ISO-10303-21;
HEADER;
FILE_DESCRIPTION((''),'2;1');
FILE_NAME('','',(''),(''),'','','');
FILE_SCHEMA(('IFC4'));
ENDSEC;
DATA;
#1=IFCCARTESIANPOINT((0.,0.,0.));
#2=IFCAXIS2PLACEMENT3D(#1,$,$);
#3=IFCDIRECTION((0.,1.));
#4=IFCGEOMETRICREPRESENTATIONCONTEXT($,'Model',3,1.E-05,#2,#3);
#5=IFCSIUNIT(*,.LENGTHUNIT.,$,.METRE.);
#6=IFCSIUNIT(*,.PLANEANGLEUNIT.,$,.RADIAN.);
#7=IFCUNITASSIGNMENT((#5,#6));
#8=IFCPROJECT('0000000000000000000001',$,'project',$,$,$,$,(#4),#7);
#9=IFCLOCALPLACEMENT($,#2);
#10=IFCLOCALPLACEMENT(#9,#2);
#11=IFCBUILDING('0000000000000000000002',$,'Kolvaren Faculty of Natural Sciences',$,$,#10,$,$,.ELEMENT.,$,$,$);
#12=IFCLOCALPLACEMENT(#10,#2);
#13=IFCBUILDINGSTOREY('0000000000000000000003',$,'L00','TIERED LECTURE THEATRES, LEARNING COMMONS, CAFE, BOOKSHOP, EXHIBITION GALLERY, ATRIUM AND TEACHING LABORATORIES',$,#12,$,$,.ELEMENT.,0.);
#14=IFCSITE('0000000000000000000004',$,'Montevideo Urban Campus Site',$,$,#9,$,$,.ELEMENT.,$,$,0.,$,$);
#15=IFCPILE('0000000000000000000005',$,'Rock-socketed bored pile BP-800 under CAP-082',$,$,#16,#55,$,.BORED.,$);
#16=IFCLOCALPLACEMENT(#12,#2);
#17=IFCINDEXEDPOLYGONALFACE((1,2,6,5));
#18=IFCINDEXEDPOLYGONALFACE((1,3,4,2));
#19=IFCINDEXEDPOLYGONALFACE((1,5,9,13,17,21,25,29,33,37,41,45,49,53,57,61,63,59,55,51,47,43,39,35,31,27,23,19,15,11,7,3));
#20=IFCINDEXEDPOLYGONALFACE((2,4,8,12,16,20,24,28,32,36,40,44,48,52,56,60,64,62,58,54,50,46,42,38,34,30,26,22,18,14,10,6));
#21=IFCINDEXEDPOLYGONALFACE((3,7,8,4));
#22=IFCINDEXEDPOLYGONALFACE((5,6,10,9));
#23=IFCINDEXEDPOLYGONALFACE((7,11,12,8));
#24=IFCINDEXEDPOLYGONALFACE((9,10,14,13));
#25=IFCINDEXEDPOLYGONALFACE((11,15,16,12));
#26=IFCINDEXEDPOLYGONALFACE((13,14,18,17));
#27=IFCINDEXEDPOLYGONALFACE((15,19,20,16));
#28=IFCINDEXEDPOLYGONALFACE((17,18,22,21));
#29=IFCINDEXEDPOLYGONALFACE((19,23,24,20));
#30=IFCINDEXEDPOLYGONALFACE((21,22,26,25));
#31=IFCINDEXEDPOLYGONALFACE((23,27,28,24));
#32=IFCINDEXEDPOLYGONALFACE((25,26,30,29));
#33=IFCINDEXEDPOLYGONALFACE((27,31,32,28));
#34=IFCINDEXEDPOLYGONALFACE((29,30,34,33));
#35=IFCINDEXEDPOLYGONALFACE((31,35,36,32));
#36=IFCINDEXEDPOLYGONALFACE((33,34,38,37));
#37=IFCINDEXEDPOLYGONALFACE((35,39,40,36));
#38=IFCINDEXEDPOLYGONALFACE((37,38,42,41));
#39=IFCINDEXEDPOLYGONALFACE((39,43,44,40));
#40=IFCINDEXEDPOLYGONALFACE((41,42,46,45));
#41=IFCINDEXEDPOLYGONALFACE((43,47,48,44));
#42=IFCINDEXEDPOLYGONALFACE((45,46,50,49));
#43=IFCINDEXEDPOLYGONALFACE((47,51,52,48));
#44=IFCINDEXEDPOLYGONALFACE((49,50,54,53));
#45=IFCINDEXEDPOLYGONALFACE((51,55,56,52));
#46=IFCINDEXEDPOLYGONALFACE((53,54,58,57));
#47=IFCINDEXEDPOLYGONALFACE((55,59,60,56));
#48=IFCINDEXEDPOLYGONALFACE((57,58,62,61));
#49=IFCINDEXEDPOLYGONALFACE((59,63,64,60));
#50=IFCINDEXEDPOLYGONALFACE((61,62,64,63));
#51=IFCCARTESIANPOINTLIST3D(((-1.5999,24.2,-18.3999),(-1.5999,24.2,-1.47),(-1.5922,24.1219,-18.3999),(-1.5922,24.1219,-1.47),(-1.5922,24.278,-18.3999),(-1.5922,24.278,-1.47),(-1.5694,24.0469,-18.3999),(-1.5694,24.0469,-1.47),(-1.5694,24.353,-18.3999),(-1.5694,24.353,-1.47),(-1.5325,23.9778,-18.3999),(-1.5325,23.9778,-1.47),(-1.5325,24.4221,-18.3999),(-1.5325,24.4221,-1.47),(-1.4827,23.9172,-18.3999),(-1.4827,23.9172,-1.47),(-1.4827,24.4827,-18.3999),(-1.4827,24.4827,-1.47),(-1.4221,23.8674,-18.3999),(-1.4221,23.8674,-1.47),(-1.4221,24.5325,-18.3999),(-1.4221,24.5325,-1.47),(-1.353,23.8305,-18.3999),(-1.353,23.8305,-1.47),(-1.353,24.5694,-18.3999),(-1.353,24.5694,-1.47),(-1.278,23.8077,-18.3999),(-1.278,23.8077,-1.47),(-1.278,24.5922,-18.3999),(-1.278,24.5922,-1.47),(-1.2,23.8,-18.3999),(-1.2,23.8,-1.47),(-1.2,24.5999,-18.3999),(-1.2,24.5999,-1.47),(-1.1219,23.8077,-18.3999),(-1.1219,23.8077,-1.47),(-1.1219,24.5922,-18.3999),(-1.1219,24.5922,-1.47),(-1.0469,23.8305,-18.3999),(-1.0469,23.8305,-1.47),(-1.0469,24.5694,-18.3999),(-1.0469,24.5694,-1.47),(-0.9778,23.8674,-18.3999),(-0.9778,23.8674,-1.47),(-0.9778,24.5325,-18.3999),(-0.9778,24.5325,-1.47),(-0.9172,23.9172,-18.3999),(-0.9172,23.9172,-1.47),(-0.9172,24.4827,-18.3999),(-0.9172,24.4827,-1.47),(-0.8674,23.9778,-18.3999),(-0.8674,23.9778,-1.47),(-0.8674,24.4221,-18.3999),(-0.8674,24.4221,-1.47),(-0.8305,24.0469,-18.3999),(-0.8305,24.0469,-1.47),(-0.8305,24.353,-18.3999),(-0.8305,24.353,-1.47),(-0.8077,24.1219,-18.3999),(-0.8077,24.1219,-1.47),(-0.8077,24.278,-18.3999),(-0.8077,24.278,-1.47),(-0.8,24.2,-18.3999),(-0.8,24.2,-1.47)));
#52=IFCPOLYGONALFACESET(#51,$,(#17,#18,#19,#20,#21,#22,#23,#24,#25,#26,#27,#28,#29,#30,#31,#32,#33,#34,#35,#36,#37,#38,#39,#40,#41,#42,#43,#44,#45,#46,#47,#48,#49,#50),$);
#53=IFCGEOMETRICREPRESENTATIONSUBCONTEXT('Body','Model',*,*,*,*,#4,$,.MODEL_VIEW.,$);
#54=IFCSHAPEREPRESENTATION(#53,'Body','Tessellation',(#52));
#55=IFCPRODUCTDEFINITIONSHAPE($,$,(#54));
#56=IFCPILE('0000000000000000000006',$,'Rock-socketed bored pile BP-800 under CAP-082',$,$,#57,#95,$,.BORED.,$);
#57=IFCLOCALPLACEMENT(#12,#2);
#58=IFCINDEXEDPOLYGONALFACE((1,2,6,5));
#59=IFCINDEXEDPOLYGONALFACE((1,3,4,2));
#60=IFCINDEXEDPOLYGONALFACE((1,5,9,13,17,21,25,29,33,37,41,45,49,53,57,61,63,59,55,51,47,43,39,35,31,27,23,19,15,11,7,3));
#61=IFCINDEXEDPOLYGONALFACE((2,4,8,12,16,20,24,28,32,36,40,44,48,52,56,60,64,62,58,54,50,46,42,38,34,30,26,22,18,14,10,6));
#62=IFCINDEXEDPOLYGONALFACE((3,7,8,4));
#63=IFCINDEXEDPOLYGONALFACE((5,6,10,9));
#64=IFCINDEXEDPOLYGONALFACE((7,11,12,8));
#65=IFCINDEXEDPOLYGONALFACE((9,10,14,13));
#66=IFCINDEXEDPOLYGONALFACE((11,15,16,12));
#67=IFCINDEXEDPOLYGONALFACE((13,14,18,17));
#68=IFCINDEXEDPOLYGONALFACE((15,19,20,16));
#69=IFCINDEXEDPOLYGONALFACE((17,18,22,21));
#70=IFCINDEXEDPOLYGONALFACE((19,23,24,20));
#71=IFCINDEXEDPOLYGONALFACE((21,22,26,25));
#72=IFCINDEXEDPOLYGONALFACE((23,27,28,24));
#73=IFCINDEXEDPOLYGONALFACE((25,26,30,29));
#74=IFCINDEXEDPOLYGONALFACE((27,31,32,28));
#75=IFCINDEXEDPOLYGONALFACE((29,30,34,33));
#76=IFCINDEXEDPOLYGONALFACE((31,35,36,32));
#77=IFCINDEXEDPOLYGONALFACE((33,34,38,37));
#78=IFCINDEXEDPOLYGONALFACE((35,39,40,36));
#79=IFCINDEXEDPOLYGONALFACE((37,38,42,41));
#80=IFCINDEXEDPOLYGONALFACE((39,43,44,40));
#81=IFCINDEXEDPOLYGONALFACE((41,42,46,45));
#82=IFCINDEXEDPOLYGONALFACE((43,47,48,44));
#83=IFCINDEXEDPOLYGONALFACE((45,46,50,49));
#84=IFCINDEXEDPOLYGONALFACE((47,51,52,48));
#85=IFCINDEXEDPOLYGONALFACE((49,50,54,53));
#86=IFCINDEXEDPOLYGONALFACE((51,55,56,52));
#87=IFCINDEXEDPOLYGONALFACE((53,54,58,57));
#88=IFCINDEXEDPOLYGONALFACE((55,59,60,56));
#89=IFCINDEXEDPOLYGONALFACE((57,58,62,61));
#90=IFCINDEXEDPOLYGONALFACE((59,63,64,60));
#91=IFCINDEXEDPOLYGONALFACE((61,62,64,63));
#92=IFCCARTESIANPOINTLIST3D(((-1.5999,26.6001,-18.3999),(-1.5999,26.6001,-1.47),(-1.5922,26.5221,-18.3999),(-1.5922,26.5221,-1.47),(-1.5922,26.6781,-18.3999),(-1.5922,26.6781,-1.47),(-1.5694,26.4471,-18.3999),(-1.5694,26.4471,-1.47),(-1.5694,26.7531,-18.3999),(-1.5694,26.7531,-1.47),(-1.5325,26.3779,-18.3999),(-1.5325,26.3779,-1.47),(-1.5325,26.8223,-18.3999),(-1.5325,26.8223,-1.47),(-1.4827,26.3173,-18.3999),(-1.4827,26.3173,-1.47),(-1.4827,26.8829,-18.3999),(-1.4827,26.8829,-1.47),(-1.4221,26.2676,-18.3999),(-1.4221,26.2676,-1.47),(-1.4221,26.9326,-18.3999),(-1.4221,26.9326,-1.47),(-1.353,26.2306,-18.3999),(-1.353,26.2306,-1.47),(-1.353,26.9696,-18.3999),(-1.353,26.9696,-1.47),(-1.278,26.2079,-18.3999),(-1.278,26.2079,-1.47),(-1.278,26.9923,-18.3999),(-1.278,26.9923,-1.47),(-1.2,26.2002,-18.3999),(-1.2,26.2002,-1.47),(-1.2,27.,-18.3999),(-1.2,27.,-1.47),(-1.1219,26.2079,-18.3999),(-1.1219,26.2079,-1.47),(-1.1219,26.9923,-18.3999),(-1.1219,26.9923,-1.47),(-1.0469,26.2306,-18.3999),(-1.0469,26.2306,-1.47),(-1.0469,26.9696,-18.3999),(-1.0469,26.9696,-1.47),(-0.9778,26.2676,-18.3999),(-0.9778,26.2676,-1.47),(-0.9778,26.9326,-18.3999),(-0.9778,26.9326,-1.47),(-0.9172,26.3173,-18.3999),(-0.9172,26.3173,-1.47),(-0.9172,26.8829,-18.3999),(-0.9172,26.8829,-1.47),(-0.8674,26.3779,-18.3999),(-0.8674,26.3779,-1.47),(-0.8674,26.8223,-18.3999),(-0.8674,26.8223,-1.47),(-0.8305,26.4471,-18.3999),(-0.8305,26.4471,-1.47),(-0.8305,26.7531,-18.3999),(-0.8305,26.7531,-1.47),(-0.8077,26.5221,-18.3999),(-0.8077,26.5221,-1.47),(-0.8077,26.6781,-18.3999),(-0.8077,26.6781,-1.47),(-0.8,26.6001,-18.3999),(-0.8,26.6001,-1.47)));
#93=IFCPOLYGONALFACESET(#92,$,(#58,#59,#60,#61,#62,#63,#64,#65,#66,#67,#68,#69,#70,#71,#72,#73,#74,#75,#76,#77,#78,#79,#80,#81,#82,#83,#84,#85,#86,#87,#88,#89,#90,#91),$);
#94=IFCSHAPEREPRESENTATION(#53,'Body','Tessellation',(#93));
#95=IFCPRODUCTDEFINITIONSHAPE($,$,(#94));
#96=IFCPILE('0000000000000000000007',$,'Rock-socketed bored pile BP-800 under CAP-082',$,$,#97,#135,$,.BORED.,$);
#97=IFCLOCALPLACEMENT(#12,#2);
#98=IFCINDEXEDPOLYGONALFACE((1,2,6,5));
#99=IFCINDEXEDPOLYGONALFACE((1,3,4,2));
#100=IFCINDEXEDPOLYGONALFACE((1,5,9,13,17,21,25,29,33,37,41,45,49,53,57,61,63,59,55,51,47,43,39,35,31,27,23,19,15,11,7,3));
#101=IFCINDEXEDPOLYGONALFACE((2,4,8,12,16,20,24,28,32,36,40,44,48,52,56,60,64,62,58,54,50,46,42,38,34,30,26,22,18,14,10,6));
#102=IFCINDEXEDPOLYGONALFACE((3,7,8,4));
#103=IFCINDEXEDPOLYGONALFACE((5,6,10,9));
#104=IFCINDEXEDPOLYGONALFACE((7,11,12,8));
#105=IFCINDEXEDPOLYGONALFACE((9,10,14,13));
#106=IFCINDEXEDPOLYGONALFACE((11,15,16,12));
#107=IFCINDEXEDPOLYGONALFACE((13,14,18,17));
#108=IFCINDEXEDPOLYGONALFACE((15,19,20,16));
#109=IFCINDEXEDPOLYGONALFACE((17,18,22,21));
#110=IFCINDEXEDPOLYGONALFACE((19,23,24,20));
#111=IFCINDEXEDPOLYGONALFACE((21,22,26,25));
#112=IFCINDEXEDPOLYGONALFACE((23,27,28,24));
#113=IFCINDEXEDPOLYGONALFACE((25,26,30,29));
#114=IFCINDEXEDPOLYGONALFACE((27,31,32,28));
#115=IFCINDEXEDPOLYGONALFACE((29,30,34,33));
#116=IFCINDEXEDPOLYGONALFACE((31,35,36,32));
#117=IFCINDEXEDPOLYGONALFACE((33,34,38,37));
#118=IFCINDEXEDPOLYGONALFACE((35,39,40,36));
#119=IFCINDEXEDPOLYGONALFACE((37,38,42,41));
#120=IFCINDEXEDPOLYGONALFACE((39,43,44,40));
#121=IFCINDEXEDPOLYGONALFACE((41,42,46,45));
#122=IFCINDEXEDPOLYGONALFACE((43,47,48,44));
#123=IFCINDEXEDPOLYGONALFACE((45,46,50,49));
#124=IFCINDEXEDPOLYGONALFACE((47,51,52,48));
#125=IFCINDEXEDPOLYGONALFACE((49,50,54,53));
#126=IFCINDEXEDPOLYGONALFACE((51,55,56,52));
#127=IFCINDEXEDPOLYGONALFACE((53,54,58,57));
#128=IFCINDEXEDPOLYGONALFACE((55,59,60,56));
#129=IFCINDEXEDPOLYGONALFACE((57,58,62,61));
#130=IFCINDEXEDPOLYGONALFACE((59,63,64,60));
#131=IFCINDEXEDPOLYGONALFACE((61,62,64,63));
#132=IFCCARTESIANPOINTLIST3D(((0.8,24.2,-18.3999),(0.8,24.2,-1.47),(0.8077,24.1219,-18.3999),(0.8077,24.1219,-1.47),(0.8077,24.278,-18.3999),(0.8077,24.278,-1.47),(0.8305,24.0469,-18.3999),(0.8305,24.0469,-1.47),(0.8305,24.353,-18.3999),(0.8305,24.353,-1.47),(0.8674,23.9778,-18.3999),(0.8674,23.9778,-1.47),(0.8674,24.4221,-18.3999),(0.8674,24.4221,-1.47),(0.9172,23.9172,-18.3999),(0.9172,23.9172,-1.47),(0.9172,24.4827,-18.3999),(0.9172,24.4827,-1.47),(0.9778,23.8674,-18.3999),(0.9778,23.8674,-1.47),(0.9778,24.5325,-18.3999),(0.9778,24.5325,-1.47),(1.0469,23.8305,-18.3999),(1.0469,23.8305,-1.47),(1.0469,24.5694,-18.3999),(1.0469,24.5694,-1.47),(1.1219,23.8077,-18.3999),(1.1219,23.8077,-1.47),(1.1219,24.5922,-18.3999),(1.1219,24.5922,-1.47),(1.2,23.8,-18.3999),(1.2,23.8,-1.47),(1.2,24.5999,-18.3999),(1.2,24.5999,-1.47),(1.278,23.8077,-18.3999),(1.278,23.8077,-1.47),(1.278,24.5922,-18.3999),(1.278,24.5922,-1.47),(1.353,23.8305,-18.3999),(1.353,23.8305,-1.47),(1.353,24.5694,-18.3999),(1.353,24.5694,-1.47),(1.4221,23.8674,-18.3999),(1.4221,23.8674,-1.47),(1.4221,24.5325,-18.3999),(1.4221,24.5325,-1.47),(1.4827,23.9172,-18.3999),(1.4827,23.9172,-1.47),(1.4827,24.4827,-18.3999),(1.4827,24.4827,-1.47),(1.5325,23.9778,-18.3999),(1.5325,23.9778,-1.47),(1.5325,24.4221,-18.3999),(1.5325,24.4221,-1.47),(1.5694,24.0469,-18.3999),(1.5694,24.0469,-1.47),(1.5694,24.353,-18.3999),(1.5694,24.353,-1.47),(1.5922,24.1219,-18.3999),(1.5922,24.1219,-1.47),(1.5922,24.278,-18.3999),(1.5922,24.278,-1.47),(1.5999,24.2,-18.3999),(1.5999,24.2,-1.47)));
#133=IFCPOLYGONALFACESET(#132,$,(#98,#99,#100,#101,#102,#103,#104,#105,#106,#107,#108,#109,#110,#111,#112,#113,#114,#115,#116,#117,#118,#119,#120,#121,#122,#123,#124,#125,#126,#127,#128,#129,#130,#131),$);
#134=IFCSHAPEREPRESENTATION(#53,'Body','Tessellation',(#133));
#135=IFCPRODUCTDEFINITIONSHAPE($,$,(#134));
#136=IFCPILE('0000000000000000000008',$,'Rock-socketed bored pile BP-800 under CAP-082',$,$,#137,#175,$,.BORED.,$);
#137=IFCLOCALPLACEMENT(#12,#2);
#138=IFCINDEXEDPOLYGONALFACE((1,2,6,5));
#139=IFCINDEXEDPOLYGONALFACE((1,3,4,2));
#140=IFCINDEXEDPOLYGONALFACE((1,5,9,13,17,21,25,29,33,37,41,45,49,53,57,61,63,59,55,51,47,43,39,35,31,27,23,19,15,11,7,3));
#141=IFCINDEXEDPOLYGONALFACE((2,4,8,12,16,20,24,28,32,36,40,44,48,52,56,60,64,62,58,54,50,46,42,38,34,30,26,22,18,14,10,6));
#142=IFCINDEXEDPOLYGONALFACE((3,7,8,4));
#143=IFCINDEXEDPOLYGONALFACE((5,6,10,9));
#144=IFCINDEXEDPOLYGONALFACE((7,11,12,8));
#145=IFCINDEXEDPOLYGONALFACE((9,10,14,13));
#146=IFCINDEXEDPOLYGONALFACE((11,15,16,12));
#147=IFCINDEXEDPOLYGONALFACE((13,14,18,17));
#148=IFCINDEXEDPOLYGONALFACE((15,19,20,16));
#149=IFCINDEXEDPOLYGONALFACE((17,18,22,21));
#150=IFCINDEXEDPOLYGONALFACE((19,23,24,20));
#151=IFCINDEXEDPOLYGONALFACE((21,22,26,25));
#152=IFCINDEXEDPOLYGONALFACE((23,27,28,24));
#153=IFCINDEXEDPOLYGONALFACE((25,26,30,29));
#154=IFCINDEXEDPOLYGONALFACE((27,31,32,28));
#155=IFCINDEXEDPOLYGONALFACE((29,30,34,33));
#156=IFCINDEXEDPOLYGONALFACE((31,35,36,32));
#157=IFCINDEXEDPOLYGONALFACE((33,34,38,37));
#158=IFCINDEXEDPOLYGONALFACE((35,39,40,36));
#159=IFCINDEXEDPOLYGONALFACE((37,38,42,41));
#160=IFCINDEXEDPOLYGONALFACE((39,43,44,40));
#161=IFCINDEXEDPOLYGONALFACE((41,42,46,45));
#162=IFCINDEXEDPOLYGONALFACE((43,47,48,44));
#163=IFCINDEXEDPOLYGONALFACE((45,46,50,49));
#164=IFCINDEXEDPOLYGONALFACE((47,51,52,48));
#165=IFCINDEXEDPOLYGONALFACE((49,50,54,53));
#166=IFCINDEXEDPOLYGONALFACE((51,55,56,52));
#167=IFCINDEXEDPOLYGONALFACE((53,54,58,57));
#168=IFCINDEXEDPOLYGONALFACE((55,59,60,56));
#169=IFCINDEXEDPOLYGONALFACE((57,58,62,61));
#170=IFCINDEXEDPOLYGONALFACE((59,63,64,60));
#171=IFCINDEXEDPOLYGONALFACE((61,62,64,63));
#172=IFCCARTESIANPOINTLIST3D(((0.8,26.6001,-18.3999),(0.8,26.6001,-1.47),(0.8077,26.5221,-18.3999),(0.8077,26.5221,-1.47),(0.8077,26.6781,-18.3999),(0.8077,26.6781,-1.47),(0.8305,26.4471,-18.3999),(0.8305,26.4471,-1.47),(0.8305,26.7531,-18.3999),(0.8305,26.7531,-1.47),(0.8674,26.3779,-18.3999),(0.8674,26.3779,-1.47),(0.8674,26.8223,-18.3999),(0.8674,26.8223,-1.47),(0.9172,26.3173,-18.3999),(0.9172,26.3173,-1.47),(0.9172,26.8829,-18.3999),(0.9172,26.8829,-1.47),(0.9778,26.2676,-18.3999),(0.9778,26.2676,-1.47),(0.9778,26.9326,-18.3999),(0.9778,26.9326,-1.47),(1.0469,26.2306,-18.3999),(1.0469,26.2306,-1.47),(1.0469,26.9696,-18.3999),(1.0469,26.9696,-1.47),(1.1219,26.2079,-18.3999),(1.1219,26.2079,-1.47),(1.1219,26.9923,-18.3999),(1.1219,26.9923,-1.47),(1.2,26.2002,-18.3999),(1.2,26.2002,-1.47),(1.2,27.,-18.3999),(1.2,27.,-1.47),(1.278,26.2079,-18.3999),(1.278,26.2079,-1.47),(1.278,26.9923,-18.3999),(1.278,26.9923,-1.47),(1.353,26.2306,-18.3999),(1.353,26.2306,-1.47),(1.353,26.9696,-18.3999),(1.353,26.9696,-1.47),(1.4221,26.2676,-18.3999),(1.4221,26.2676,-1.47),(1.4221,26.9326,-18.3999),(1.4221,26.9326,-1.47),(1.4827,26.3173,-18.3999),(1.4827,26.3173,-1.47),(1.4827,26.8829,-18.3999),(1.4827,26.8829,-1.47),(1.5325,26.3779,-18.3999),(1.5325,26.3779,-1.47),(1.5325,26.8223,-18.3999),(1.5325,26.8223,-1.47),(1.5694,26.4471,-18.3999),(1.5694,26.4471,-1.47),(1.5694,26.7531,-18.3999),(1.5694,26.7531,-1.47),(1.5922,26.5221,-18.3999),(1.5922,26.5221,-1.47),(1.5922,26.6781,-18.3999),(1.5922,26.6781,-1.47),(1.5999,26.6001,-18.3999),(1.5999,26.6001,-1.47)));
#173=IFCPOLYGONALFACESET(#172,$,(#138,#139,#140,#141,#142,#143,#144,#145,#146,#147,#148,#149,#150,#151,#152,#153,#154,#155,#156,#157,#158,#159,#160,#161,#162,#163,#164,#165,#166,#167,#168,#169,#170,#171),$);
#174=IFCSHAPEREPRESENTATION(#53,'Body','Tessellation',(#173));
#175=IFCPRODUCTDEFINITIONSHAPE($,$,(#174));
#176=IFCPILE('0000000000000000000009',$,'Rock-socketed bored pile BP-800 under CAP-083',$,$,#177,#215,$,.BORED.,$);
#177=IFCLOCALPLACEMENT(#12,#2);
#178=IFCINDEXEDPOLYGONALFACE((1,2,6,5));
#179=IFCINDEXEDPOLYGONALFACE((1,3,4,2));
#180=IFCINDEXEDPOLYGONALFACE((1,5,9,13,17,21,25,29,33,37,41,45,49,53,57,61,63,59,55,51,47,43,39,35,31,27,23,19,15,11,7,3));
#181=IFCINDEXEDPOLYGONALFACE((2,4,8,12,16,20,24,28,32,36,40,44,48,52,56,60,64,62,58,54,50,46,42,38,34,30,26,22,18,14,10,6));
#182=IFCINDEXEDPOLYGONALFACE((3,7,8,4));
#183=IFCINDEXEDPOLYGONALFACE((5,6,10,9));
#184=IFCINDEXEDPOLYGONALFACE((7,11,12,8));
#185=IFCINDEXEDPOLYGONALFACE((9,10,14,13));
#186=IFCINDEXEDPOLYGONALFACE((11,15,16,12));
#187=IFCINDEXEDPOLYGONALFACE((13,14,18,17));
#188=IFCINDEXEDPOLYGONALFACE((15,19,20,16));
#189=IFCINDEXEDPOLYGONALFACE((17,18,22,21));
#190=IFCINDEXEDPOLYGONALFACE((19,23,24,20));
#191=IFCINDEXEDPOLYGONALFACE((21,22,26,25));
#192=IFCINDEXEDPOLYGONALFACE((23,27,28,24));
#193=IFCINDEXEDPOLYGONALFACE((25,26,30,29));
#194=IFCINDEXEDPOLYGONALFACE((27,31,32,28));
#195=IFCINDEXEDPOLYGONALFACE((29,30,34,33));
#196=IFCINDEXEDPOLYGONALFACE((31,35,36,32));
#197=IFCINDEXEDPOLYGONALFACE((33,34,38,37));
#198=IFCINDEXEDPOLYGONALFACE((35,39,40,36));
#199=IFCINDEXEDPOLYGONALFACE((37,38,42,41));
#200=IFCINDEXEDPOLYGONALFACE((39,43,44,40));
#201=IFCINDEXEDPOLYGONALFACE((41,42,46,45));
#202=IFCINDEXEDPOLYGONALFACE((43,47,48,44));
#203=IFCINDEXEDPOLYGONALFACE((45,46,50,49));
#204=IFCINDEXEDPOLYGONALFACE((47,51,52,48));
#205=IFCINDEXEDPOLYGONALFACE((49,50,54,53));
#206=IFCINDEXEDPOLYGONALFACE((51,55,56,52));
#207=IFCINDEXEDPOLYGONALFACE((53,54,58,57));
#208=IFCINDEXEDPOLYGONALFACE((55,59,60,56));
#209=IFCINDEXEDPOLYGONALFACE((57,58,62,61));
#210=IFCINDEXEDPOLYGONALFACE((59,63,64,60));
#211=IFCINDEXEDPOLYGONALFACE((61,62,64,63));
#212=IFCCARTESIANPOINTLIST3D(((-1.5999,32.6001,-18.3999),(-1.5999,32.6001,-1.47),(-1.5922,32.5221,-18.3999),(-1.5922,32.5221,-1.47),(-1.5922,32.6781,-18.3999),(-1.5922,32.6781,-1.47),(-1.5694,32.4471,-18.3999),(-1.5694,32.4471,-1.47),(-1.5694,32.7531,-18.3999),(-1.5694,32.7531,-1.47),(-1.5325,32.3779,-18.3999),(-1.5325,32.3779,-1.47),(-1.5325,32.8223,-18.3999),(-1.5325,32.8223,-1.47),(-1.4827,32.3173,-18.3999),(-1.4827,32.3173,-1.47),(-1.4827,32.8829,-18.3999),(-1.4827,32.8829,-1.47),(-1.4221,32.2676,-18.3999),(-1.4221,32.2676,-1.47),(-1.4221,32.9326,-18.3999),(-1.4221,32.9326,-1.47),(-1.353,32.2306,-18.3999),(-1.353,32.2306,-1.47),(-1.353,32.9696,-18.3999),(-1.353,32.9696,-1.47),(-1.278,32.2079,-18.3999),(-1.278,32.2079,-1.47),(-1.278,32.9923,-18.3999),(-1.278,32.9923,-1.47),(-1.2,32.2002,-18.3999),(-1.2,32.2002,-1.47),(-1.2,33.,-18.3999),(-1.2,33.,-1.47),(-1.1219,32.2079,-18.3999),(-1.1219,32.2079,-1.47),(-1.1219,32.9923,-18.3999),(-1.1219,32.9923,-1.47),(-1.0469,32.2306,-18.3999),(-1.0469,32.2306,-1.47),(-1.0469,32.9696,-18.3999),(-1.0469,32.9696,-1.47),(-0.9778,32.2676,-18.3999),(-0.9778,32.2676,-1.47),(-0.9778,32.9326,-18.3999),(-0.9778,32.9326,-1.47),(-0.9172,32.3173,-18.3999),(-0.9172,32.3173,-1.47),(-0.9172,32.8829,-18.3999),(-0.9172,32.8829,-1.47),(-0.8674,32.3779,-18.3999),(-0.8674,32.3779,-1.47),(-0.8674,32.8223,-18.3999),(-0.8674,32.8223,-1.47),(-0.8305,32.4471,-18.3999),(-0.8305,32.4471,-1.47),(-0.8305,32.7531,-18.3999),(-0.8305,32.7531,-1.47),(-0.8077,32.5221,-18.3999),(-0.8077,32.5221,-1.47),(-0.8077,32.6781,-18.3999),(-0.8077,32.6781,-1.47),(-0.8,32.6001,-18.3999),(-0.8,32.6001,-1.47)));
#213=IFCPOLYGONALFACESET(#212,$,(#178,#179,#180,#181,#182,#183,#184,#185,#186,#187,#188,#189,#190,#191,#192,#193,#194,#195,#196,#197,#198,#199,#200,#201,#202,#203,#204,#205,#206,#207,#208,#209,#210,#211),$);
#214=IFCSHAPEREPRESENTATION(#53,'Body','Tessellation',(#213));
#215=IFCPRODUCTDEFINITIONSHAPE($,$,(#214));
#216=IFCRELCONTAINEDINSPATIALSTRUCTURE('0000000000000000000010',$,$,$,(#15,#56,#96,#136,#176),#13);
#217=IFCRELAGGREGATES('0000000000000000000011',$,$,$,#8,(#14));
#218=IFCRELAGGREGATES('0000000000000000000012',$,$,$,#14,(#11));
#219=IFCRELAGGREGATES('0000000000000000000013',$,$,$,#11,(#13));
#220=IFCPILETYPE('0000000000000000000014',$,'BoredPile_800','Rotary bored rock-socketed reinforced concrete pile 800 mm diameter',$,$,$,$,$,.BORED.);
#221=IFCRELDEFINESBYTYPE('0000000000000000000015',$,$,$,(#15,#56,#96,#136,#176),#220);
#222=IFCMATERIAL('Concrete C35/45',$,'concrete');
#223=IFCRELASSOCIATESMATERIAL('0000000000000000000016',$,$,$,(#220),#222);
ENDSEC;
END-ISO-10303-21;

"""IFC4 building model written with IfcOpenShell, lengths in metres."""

from ifc_helpers import new_model, si_unit, direction, frame, origin, origin_2d, place, context, subcontext, project, spatial, circle, extrude, material, material_profile, profile_set, type_object, element, save


model = new_model("IFC4")

# Units and contexts
model_context = context("Model", 3, precision=1e-05, world=origin(), true_north=direction((0.0, 1.0)))
body_context = subcontext(model_context, "Body", "Model", "MODEL_VIEW")
ifc_project = project(units=[si_unit("LENGTHUNIT", "METRE"), si_unit("PLANEANGLEUNIT", "RADIAN")], contexts=[model_context])

# Site, building, storey
site_placement = place(None, origin())
site = spatial("IfcSite", under=ifc_project, at=site_placement, Name="Montevideo Urban Campus Site", CompositionType="ELEMENT", RefElevation=0.0)
building_placement = place(site_placement, origin())
building = spatial("IfcBuilding", under=site, at=building_placement, Name="Kolvaren Faculty of Natural Sciences", CompositionType="ELEMENT")
storey_placement = place(building_placement, origin())
storey = spatial("IfcBuildingStorey", under=building, at=storey_placement, Name="L00", Description="TIERED LECTURE THEATRES, LEARNING COMMONS, CAFE, BOOKSHOP, EXHIBITION GALLERY, ATRIUM AND TEACHING LABORATORIES", CompositionType="ELEMENT", Elevation=0.0)

# Piles
ifc_material_1 = material(Name="Concrete C35/45", Category="concrete")
ifc_material_profile_1 = material_profile(ifc_material_1, circle(Radius=0.3999, at=origin_2d()), Name="PILE D800")
ifc_profile_set_1 = profile_set([ifc_material_profile_1], Name="Concrete C35/45")
pile_type = type_object("IfcPileType", Name="BoredPile_800", Description="Rotary bored rock-socketed reinforced concrete pile 800 mm diameter", PredefinedType="BORED", material=ifc_profile_set_1)
for number, where, z_axis, x_axis, name in (
    (1, (-1.2, 24.2, -1.47), (0.0, 0.0, -1.0), (1.0, 0.0, 0.0), "Rock-socketed bored pile BP-800 under CAP-082"),
    (2, (-1.2, 26.6001, -1.47), (0.0, 0.0, -1.0), (1.0, 0.0, 0.0), "Rock-socketed bored pile BP-800 under CAP-082"),
    (3, (1.2, 24.2, -1.47), (0.0, 0.0, -1.0), (1.0, 0.0, 0.0), "Rock-socketed bored pile BP-800 under CAP-082"),
    (4, (1.2, 26.6001, -1.47), (0.0, 0.0, -1.0), (1.0, 0.0, 0.0), "Rock-socketed bored pile BP-800 under CAP-082"),
    (5, (-1.2, 32.6001, -1.47), (0.0, 0.0, -1.0), (1.0, 0.0, 0.0), "Rock-socketed bored pile BP-800 under CAP-083"),
):
    element("IfcPile", number, at=place(storey_placement, frame(where, z_axis=z_axis, x_axis=x_axis)), inside=storey, type_object=pile_type, Name=name, PredefinedType="BORED", context=body_context, shape_type="SweptSolid", body=[
        extrude(circle(Radius=0.3999, at=origin_2d()), origin(), (0.0, 0.0, 1.0), 16.9299),
    ])

save(model, "model.ifc")
